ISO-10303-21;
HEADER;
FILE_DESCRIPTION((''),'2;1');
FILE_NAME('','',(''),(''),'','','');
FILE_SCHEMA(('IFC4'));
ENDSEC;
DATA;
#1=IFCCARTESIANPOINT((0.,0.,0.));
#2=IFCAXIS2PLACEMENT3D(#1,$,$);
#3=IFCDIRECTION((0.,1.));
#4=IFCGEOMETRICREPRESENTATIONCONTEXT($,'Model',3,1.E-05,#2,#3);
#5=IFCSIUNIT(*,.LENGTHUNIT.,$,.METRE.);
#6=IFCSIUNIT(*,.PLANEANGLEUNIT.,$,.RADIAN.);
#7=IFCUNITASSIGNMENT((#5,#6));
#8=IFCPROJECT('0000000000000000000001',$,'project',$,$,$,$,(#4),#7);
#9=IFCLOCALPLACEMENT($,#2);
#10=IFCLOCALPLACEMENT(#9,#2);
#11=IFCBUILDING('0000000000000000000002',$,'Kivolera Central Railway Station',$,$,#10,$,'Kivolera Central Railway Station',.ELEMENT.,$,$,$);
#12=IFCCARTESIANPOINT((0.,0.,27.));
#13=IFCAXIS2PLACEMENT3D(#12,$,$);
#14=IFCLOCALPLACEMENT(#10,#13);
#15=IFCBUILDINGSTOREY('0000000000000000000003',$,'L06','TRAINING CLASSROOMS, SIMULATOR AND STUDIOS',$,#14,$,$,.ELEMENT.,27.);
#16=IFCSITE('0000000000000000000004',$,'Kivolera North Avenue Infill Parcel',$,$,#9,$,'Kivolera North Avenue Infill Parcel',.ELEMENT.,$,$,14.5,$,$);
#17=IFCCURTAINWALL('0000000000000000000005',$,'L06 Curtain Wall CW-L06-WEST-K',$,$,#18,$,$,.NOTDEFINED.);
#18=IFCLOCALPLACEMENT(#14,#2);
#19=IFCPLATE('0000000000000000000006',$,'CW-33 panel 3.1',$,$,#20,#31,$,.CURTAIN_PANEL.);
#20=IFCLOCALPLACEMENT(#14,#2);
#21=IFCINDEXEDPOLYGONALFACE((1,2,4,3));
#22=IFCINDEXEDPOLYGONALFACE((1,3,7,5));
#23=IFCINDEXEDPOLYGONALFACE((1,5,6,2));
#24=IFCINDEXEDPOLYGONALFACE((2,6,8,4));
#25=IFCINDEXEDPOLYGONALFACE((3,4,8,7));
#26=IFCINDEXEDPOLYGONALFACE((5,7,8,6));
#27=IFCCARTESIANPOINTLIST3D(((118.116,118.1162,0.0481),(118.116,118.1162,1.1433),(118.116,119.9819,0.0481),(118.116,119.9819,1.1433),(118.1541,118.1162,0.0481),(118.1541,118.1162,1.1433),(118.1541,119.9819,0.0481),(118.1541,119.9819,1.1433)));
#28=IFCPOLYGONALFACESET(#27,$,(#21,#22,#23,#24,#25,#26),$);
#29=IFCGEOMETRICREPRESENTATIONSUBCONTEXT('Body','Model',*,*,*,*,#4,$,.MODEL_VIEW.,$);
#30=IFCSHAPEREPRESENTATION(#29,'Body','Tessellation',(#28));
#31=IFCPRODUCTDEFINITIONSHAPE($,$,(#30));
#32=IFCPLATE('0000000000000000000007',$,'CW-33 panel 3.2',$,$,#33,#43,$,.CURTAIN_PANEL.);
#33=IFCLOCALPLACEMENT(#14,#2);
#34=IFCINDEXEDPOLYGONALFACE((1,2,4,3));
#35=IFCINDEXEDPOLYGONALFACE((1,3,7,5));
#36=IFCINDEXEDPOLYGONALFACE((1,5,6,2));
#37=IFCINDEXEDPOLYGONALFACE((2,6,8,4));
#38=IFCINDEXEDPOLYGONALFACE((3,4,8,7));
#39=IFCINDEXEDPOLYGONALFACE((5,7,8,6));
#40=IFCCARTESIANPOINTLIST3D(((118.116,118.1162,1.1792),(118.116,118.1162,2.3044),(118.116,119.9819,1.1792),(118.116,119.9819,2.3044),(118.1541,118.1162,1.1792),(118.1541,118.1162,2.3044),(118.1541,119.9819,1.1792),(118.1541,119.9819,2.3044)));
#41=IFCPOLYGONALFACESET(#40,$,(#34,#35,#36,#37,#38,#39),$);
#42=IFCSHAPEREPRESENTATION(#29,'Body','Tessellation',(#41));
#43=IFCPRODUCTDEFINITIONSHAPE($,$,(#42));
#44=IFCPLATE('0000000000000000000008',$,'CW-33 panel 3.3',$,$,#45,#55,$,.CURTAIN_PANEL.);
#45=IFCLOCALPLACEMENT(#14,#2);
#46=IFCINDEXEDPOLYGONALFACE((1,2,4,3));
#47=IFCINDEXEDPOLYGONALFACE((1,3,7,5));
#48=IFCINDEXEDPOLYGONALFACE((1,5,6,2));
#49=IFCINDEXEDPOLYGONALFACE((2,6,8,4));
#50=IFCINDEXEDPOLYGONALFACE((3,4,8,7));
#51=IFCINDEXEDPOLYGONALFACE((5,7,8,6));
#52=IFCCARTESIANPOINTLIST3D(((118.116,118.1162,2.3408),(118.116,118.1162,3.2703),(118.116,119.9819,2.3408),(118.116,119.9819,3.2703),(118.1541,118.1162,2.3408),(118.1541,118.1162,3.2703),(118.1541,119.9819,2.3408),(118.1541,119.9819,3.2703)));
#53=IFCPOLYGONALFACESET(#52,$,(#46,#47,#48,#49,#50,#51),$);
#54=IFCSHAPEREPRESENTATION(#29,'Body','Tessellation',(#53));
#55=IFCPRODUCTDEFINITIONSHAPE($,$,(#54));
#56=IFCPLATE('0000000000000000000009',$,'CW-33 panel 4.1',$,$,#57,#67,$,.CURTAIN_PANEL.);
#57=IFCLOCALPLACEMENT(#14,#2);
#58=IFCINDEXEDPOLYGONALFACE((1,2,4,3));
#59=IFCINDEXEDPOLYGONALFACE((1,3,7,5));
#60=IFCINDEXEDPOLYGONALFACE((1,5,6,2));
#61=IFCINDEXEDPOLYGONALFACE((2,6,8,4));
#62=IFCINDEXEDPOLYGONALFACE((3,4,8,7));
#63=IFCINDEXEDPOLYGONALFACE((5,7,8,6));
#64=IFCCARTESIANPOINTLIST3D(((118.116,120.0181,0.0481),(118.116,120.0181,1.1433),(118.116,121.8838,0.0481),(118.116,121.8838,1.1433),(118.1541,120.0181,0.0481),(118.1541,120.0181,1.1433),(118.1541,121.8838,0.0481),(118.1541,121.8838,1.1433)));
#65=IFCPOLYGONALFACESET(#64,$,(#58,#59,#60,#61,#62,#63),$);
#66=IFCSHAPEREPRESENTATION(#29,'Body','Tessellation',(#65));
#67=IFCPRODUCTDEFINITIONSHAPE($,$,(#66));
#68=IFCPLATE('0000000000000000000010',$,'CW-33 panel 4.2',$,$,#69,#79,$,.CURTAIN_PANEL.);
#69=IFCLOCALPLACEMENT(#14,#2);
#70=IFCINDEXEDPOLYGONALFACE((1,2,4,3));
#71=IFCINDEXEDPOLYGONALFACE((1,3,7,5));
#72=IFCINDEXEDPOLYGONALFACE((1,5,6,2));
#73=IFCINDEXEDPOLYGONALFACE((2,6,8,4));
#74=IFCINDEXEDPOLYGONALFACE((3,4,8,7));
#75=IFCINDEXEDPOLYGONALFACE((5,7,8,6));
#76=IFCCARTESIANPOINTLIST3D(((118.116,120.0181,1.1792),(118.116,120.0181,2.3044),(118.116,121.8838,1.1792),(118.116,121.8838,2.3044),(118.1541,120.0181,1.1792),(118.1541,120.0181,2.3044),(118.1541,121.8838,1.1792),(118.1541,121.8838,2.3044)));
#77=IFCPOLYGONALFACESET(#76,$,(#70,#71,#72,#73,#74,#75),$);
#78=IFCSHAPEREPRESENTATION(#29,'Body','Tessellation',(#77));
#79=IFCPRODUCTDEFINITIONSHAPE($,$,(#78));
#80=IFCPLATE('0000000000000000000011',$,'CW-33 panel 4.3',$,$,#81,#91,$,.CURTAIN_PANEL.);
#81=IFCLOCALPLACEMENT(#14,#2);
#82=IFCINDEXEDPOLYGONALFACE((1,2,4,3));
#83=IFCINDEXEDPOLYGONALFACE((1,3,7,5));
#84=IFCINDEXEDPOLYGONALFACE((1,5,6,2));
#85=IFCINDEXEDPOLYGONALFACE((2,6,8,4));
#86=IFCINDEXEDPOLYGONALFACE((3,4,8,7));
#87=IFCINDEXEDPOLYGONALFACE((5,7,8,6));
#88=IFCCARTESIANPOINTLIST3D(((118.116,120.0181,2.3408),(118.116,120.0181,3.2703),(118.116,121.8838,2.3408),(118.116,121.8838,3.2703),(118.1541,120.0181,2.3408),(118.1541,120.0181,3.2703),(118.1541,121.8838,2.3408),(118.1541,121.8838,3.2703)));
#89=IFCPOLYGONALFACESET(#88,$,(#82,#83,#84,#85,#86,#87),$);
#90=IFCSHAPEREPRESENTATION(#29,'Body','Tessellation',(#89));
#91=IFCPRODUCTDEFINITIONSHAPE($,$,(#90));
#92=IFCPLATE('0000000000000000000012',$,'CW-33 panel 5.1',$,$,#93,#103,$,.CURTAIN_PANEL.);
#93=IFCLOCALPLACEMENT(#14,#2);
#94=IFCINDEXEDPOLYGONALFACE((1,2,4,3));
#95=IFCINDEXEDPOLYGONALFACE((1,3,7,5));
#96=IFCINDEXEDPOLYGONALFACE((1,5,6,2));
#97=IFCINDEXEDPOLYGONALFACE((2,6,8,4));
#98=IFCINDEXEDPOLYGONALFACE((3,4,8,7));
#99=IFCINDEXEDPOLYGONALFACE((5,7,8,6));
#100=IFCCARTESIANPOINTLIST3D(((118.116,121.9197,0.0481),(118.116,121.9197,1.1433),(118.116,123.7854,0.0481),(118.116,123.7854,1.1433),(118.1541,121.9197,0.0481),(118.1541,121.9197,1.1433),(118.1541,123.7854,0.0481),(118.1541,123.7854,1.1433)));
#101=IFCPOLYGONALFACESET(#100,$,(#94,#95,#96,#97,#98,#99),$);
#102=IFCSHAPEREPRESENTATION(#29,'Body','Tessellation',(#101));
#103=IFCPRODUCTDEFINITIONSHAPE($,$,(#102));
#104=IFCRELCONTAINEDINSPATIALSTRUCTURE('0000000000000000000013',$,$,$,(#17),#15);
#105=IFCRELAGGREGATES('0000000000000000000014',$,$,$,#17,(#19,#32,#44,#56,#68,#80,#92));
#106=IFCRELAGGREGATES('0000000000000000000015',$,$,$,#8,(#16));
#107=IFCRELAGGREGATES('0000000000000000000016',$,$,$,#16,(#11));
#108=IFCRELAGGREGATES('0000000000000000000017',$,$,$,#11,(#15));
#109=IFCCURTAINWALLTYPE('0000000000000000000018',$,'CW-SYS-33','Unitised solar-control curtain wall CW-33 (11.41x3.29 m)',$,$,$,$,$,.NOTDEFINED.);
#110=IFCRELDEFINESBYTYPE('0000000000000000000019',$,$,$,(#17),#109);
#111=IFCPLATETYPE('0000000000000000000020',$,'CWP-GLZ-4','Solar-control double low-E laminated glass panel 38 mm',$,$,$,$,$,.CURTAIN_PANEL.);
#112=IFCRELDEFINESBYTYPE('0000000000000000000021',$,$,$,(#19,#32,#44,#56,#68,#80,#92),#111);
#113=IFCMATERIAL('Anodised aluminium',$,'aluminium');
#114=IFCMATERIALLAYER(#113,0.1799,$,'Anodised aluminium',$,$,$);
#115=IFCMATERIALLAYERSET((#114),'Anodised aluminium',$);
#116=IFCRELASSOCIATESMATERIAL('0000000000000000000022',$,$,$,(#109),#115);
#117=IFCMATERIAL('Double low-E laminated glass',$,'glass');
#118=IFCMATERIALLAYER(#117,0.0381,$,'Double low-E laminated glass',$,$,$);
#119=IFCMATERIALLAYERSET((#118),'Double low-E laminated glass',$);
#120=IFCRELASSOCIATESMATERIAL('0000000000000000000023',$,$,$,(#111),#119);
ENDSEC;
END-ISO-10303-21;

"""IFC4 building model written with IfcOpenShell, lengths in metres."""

from ifc_helpers import new_model, si_unit, direction, frame, origin, origin_2d, place, context, subcontext, project, spatial, rectangle, extrude, material, layer, layer_set, type_object, element, aggregate, save


model = new_model("IFC4")

# Units and contexts
model_context = context("Model", 3, precision=1e-05, world=origin(), true_north=direction((0.0, 1.0)))
body_context = subcontext(model_context, "Body", "Model", "MODEL_VIEW")
ifc_project = project(units=[si_unit("LENGTHUNIT", "METRE"), si_unit("PLANEANGLEUNIT", "RADIAN")], contexts=[model_context])

# Site, building, storey
site_placement = place(None, origin())
site = spatial("IfcSite", under=ifc_project, at=site_placement, Name="Kivolera North Avenue Infill Parcel", LongName="Kivolera North Avenue Infill Parcel", CompositionType="ELEMENT", RefElevation=14.5)
building_placement = place(site_placement, origin())
building = spatial("IfcBuilding", under=site, at=building_placement, Name="Kivolera Central Railway Station", LongName="Kivolera Central Railway Station", CompositionType="ELEMENT")
storey_placement = place(building_placement, frame((0.0, 0.0, 27.0)))
storey = spatial("IfcBuildingStorey", under=building, at=storey_placement, Name="L06", Description="TRAINING CLASSROOMS, SIMULATOR AND STUDIOS", CompositionType="ELEMENT", Elevation=27.0)

# Curtain wall, plates
ifc_material_1 = material(Name="Anodised aluminium", Category="aluminium")
ifc_layer_1 = layer(ifc_material_1, 0.1799, Name="Anodised aluminium")
ifc_layer_set_1 = layer_set([ifc_layer_1], Name="Anodised aluminium")
curtain_wall_type = type_object("IfcCurtainWallType", Name="CW-SYS-33", Description="Unitised solar-control curtain wall CW-33 (11.41x3.29 m)", PredefinedType="NOTDEFINED", material=ifc_layer_set_1)
curtain_wall_placement = place(storey_placement, origin())
curtain_wall = element("IfcCurtainWall", 1, at=curtain_wall_placement, inside=storey, type_object=curtain_wall_type, Name="L06 Curtain Wall CW-L06-WEST-K", PredefinedType="NOTDEFINED")
ifc_material_2 = material(Name="Double low-E laminated glass", Category="glass")
ifc_layer_2 = layer(ifc_material_2, 0.0381, Name="Double low-E laminated glass")
ifc_layer_set_2 = layer_set([ifc_layer_2], Name="Double low-E laminated glass")
plate_type = type_object("IfcPlateType", Name="CWP-GLZ-4", Description="Solar-control double low-E laminated glass panel 38 mm", PredefinedType="CURTAIN_PANEL", material=ifc_layer_set_2)
plate_1_placement = place(storey_placement, frame((118.135, 119.0491, 0.0481), z_axis=(0.0, 0.0, 1.0), x_axis=(0.0, 1.0, 0.0)))
plate_1 = element("IfcPlate", 2, at=plate_1_placement, type_object=plate_type, Name="CW-33 panel 3.1", PredefinedType="CURTAIN_PANEL", context=body_context, shape_type="SweptSolid", body=[
    extrude(rectangle(XDim=1.8657, YDim=0.0381, at=origin_2d()), origin(), (0.0, 0.0, 1.0), 1.0952),
])
plate_2_placement = place(storey_placement, frame((118.135, 119.0491, 1.1792), z_axis=(0.0, 0.0, 1.0), x_axis=(0.0, 1.0, 0.0)))
plate_2 = element("IfcPlate", 3, at=plate_2_placement, type_object=plate_type, Name="CW-33 panel 3.2", PredefinedType="CURTAIN_PANEL", context=body_context, shape_type="SweptSolid", body=[
    extrude(rectangle(XDim=1.8657, YDim=0.0381, at=origin_2d()), origin(), (0.0, 0.0, 1.0), 1.1252),
])
plate_3_placement = place(storey_placement, frame((118.135, 119.0491, 2.3408), z_axis=(0.0, 0.0, 1.0), x_axis=(0.0, 1.0, 0.0)))
plate_3 = element("IfcPlate", 4, at=plate_3_placement, type_object=plate_type, Name="CW-33 panel 3.3", PredefinedType="CURTAIN_PANEL", context=body_context, shape_type="SweptSolid", body=[
    extrude(rectangle(XDim=1.8657, YDim=0.0381, at=origin_2d()), origin(), (0.0, 0.0, 1.0), 0.9294),
])
plate_4_placement = place(storey_placement, frame((118.135, 120.9509, 0.0481), z_axis=(0.0, 0.0, 1.0), x_axis=(0.0, 1.0, 0.0)))
plate_4 = element("IfcPlate", 5, at=plate_4_placement, type_object=plate_type, Name="CW-33 panel 4.1", PredefinedType="CURTAIN_PANEL", context=body_context, shape_type="SweptSolid", body=[
    extrude(rectangle(XDim=1.8657, YDim=0.0381, at=origin_2d()), origin(), (0.0, 0.0, 1.0), 1.0952),
])
plate_5_placement = place(storey_placement, frame((118.135, 120.9509, 1.1792), z_axis=(0.0, 0.0, 1.0), x_axis=(0.0, 1.0, 0.0)))
plate_5 = element("IfcPlate", 6, at=plate_5_placement, type_object=plate_type, Name="CW-33 panel 4.2", PredefinedType="CURTAIN_PANEL", context=body_context, shape_type="SweptSolid", body=[
    extrude(rectangle(XDim=1.8657, YDim=0.0381, at=origin_2d()), origin(), (0.0, 0.0, 1.0), 1.1252),
])
plate_6_placement = place(storey_placement, frame((118.135, 120.9509, 2.3408), z_axis=(0.0, 0.0, 1.0), x_axis=(0.0, 1.0, 0.0)))
plate_6 = element("IfcPlate", 7, at=plate_6_placement, type_object=plate_type, Name="CW-33 panel 4.3", PredefinedType="CURTAIN_PANEL", context=body_context, shape_type="SweptSolid", body=[
    extrude(rectangle(XDim=1.8657, YDim=0.0381, at=origin_2d()), origin(), (0.0, 0.0, 1.0), 0.9294),
])
plate_7_placement = place(storey_placement, frame((118.135, 122.8525, 0.0481), z_axis=(0.0, 0.0, 1.0), x_axis=(0.0, 1.0, 0.0)))
plate_7 = element("IfcPlate", 8, at=plate_7_placement, type_object=plate_type, Name="CW-33 panel 5.1", PredefinedType="CURTAIN_PANEL", context=body_context, shape_type="SweptSolid", body=[
    extrude(rectangle(XDim=1.8657, YDim=0.0381, at=origin_2d()), origin(), (0.0, 0.0, 1.0), 1.0952),
])
aggregate(curtain_wall, [plate_1, plate_2, plate_3, plate_4, plate_5, plate_6, plate_7])

save(model, "model.ifc")
